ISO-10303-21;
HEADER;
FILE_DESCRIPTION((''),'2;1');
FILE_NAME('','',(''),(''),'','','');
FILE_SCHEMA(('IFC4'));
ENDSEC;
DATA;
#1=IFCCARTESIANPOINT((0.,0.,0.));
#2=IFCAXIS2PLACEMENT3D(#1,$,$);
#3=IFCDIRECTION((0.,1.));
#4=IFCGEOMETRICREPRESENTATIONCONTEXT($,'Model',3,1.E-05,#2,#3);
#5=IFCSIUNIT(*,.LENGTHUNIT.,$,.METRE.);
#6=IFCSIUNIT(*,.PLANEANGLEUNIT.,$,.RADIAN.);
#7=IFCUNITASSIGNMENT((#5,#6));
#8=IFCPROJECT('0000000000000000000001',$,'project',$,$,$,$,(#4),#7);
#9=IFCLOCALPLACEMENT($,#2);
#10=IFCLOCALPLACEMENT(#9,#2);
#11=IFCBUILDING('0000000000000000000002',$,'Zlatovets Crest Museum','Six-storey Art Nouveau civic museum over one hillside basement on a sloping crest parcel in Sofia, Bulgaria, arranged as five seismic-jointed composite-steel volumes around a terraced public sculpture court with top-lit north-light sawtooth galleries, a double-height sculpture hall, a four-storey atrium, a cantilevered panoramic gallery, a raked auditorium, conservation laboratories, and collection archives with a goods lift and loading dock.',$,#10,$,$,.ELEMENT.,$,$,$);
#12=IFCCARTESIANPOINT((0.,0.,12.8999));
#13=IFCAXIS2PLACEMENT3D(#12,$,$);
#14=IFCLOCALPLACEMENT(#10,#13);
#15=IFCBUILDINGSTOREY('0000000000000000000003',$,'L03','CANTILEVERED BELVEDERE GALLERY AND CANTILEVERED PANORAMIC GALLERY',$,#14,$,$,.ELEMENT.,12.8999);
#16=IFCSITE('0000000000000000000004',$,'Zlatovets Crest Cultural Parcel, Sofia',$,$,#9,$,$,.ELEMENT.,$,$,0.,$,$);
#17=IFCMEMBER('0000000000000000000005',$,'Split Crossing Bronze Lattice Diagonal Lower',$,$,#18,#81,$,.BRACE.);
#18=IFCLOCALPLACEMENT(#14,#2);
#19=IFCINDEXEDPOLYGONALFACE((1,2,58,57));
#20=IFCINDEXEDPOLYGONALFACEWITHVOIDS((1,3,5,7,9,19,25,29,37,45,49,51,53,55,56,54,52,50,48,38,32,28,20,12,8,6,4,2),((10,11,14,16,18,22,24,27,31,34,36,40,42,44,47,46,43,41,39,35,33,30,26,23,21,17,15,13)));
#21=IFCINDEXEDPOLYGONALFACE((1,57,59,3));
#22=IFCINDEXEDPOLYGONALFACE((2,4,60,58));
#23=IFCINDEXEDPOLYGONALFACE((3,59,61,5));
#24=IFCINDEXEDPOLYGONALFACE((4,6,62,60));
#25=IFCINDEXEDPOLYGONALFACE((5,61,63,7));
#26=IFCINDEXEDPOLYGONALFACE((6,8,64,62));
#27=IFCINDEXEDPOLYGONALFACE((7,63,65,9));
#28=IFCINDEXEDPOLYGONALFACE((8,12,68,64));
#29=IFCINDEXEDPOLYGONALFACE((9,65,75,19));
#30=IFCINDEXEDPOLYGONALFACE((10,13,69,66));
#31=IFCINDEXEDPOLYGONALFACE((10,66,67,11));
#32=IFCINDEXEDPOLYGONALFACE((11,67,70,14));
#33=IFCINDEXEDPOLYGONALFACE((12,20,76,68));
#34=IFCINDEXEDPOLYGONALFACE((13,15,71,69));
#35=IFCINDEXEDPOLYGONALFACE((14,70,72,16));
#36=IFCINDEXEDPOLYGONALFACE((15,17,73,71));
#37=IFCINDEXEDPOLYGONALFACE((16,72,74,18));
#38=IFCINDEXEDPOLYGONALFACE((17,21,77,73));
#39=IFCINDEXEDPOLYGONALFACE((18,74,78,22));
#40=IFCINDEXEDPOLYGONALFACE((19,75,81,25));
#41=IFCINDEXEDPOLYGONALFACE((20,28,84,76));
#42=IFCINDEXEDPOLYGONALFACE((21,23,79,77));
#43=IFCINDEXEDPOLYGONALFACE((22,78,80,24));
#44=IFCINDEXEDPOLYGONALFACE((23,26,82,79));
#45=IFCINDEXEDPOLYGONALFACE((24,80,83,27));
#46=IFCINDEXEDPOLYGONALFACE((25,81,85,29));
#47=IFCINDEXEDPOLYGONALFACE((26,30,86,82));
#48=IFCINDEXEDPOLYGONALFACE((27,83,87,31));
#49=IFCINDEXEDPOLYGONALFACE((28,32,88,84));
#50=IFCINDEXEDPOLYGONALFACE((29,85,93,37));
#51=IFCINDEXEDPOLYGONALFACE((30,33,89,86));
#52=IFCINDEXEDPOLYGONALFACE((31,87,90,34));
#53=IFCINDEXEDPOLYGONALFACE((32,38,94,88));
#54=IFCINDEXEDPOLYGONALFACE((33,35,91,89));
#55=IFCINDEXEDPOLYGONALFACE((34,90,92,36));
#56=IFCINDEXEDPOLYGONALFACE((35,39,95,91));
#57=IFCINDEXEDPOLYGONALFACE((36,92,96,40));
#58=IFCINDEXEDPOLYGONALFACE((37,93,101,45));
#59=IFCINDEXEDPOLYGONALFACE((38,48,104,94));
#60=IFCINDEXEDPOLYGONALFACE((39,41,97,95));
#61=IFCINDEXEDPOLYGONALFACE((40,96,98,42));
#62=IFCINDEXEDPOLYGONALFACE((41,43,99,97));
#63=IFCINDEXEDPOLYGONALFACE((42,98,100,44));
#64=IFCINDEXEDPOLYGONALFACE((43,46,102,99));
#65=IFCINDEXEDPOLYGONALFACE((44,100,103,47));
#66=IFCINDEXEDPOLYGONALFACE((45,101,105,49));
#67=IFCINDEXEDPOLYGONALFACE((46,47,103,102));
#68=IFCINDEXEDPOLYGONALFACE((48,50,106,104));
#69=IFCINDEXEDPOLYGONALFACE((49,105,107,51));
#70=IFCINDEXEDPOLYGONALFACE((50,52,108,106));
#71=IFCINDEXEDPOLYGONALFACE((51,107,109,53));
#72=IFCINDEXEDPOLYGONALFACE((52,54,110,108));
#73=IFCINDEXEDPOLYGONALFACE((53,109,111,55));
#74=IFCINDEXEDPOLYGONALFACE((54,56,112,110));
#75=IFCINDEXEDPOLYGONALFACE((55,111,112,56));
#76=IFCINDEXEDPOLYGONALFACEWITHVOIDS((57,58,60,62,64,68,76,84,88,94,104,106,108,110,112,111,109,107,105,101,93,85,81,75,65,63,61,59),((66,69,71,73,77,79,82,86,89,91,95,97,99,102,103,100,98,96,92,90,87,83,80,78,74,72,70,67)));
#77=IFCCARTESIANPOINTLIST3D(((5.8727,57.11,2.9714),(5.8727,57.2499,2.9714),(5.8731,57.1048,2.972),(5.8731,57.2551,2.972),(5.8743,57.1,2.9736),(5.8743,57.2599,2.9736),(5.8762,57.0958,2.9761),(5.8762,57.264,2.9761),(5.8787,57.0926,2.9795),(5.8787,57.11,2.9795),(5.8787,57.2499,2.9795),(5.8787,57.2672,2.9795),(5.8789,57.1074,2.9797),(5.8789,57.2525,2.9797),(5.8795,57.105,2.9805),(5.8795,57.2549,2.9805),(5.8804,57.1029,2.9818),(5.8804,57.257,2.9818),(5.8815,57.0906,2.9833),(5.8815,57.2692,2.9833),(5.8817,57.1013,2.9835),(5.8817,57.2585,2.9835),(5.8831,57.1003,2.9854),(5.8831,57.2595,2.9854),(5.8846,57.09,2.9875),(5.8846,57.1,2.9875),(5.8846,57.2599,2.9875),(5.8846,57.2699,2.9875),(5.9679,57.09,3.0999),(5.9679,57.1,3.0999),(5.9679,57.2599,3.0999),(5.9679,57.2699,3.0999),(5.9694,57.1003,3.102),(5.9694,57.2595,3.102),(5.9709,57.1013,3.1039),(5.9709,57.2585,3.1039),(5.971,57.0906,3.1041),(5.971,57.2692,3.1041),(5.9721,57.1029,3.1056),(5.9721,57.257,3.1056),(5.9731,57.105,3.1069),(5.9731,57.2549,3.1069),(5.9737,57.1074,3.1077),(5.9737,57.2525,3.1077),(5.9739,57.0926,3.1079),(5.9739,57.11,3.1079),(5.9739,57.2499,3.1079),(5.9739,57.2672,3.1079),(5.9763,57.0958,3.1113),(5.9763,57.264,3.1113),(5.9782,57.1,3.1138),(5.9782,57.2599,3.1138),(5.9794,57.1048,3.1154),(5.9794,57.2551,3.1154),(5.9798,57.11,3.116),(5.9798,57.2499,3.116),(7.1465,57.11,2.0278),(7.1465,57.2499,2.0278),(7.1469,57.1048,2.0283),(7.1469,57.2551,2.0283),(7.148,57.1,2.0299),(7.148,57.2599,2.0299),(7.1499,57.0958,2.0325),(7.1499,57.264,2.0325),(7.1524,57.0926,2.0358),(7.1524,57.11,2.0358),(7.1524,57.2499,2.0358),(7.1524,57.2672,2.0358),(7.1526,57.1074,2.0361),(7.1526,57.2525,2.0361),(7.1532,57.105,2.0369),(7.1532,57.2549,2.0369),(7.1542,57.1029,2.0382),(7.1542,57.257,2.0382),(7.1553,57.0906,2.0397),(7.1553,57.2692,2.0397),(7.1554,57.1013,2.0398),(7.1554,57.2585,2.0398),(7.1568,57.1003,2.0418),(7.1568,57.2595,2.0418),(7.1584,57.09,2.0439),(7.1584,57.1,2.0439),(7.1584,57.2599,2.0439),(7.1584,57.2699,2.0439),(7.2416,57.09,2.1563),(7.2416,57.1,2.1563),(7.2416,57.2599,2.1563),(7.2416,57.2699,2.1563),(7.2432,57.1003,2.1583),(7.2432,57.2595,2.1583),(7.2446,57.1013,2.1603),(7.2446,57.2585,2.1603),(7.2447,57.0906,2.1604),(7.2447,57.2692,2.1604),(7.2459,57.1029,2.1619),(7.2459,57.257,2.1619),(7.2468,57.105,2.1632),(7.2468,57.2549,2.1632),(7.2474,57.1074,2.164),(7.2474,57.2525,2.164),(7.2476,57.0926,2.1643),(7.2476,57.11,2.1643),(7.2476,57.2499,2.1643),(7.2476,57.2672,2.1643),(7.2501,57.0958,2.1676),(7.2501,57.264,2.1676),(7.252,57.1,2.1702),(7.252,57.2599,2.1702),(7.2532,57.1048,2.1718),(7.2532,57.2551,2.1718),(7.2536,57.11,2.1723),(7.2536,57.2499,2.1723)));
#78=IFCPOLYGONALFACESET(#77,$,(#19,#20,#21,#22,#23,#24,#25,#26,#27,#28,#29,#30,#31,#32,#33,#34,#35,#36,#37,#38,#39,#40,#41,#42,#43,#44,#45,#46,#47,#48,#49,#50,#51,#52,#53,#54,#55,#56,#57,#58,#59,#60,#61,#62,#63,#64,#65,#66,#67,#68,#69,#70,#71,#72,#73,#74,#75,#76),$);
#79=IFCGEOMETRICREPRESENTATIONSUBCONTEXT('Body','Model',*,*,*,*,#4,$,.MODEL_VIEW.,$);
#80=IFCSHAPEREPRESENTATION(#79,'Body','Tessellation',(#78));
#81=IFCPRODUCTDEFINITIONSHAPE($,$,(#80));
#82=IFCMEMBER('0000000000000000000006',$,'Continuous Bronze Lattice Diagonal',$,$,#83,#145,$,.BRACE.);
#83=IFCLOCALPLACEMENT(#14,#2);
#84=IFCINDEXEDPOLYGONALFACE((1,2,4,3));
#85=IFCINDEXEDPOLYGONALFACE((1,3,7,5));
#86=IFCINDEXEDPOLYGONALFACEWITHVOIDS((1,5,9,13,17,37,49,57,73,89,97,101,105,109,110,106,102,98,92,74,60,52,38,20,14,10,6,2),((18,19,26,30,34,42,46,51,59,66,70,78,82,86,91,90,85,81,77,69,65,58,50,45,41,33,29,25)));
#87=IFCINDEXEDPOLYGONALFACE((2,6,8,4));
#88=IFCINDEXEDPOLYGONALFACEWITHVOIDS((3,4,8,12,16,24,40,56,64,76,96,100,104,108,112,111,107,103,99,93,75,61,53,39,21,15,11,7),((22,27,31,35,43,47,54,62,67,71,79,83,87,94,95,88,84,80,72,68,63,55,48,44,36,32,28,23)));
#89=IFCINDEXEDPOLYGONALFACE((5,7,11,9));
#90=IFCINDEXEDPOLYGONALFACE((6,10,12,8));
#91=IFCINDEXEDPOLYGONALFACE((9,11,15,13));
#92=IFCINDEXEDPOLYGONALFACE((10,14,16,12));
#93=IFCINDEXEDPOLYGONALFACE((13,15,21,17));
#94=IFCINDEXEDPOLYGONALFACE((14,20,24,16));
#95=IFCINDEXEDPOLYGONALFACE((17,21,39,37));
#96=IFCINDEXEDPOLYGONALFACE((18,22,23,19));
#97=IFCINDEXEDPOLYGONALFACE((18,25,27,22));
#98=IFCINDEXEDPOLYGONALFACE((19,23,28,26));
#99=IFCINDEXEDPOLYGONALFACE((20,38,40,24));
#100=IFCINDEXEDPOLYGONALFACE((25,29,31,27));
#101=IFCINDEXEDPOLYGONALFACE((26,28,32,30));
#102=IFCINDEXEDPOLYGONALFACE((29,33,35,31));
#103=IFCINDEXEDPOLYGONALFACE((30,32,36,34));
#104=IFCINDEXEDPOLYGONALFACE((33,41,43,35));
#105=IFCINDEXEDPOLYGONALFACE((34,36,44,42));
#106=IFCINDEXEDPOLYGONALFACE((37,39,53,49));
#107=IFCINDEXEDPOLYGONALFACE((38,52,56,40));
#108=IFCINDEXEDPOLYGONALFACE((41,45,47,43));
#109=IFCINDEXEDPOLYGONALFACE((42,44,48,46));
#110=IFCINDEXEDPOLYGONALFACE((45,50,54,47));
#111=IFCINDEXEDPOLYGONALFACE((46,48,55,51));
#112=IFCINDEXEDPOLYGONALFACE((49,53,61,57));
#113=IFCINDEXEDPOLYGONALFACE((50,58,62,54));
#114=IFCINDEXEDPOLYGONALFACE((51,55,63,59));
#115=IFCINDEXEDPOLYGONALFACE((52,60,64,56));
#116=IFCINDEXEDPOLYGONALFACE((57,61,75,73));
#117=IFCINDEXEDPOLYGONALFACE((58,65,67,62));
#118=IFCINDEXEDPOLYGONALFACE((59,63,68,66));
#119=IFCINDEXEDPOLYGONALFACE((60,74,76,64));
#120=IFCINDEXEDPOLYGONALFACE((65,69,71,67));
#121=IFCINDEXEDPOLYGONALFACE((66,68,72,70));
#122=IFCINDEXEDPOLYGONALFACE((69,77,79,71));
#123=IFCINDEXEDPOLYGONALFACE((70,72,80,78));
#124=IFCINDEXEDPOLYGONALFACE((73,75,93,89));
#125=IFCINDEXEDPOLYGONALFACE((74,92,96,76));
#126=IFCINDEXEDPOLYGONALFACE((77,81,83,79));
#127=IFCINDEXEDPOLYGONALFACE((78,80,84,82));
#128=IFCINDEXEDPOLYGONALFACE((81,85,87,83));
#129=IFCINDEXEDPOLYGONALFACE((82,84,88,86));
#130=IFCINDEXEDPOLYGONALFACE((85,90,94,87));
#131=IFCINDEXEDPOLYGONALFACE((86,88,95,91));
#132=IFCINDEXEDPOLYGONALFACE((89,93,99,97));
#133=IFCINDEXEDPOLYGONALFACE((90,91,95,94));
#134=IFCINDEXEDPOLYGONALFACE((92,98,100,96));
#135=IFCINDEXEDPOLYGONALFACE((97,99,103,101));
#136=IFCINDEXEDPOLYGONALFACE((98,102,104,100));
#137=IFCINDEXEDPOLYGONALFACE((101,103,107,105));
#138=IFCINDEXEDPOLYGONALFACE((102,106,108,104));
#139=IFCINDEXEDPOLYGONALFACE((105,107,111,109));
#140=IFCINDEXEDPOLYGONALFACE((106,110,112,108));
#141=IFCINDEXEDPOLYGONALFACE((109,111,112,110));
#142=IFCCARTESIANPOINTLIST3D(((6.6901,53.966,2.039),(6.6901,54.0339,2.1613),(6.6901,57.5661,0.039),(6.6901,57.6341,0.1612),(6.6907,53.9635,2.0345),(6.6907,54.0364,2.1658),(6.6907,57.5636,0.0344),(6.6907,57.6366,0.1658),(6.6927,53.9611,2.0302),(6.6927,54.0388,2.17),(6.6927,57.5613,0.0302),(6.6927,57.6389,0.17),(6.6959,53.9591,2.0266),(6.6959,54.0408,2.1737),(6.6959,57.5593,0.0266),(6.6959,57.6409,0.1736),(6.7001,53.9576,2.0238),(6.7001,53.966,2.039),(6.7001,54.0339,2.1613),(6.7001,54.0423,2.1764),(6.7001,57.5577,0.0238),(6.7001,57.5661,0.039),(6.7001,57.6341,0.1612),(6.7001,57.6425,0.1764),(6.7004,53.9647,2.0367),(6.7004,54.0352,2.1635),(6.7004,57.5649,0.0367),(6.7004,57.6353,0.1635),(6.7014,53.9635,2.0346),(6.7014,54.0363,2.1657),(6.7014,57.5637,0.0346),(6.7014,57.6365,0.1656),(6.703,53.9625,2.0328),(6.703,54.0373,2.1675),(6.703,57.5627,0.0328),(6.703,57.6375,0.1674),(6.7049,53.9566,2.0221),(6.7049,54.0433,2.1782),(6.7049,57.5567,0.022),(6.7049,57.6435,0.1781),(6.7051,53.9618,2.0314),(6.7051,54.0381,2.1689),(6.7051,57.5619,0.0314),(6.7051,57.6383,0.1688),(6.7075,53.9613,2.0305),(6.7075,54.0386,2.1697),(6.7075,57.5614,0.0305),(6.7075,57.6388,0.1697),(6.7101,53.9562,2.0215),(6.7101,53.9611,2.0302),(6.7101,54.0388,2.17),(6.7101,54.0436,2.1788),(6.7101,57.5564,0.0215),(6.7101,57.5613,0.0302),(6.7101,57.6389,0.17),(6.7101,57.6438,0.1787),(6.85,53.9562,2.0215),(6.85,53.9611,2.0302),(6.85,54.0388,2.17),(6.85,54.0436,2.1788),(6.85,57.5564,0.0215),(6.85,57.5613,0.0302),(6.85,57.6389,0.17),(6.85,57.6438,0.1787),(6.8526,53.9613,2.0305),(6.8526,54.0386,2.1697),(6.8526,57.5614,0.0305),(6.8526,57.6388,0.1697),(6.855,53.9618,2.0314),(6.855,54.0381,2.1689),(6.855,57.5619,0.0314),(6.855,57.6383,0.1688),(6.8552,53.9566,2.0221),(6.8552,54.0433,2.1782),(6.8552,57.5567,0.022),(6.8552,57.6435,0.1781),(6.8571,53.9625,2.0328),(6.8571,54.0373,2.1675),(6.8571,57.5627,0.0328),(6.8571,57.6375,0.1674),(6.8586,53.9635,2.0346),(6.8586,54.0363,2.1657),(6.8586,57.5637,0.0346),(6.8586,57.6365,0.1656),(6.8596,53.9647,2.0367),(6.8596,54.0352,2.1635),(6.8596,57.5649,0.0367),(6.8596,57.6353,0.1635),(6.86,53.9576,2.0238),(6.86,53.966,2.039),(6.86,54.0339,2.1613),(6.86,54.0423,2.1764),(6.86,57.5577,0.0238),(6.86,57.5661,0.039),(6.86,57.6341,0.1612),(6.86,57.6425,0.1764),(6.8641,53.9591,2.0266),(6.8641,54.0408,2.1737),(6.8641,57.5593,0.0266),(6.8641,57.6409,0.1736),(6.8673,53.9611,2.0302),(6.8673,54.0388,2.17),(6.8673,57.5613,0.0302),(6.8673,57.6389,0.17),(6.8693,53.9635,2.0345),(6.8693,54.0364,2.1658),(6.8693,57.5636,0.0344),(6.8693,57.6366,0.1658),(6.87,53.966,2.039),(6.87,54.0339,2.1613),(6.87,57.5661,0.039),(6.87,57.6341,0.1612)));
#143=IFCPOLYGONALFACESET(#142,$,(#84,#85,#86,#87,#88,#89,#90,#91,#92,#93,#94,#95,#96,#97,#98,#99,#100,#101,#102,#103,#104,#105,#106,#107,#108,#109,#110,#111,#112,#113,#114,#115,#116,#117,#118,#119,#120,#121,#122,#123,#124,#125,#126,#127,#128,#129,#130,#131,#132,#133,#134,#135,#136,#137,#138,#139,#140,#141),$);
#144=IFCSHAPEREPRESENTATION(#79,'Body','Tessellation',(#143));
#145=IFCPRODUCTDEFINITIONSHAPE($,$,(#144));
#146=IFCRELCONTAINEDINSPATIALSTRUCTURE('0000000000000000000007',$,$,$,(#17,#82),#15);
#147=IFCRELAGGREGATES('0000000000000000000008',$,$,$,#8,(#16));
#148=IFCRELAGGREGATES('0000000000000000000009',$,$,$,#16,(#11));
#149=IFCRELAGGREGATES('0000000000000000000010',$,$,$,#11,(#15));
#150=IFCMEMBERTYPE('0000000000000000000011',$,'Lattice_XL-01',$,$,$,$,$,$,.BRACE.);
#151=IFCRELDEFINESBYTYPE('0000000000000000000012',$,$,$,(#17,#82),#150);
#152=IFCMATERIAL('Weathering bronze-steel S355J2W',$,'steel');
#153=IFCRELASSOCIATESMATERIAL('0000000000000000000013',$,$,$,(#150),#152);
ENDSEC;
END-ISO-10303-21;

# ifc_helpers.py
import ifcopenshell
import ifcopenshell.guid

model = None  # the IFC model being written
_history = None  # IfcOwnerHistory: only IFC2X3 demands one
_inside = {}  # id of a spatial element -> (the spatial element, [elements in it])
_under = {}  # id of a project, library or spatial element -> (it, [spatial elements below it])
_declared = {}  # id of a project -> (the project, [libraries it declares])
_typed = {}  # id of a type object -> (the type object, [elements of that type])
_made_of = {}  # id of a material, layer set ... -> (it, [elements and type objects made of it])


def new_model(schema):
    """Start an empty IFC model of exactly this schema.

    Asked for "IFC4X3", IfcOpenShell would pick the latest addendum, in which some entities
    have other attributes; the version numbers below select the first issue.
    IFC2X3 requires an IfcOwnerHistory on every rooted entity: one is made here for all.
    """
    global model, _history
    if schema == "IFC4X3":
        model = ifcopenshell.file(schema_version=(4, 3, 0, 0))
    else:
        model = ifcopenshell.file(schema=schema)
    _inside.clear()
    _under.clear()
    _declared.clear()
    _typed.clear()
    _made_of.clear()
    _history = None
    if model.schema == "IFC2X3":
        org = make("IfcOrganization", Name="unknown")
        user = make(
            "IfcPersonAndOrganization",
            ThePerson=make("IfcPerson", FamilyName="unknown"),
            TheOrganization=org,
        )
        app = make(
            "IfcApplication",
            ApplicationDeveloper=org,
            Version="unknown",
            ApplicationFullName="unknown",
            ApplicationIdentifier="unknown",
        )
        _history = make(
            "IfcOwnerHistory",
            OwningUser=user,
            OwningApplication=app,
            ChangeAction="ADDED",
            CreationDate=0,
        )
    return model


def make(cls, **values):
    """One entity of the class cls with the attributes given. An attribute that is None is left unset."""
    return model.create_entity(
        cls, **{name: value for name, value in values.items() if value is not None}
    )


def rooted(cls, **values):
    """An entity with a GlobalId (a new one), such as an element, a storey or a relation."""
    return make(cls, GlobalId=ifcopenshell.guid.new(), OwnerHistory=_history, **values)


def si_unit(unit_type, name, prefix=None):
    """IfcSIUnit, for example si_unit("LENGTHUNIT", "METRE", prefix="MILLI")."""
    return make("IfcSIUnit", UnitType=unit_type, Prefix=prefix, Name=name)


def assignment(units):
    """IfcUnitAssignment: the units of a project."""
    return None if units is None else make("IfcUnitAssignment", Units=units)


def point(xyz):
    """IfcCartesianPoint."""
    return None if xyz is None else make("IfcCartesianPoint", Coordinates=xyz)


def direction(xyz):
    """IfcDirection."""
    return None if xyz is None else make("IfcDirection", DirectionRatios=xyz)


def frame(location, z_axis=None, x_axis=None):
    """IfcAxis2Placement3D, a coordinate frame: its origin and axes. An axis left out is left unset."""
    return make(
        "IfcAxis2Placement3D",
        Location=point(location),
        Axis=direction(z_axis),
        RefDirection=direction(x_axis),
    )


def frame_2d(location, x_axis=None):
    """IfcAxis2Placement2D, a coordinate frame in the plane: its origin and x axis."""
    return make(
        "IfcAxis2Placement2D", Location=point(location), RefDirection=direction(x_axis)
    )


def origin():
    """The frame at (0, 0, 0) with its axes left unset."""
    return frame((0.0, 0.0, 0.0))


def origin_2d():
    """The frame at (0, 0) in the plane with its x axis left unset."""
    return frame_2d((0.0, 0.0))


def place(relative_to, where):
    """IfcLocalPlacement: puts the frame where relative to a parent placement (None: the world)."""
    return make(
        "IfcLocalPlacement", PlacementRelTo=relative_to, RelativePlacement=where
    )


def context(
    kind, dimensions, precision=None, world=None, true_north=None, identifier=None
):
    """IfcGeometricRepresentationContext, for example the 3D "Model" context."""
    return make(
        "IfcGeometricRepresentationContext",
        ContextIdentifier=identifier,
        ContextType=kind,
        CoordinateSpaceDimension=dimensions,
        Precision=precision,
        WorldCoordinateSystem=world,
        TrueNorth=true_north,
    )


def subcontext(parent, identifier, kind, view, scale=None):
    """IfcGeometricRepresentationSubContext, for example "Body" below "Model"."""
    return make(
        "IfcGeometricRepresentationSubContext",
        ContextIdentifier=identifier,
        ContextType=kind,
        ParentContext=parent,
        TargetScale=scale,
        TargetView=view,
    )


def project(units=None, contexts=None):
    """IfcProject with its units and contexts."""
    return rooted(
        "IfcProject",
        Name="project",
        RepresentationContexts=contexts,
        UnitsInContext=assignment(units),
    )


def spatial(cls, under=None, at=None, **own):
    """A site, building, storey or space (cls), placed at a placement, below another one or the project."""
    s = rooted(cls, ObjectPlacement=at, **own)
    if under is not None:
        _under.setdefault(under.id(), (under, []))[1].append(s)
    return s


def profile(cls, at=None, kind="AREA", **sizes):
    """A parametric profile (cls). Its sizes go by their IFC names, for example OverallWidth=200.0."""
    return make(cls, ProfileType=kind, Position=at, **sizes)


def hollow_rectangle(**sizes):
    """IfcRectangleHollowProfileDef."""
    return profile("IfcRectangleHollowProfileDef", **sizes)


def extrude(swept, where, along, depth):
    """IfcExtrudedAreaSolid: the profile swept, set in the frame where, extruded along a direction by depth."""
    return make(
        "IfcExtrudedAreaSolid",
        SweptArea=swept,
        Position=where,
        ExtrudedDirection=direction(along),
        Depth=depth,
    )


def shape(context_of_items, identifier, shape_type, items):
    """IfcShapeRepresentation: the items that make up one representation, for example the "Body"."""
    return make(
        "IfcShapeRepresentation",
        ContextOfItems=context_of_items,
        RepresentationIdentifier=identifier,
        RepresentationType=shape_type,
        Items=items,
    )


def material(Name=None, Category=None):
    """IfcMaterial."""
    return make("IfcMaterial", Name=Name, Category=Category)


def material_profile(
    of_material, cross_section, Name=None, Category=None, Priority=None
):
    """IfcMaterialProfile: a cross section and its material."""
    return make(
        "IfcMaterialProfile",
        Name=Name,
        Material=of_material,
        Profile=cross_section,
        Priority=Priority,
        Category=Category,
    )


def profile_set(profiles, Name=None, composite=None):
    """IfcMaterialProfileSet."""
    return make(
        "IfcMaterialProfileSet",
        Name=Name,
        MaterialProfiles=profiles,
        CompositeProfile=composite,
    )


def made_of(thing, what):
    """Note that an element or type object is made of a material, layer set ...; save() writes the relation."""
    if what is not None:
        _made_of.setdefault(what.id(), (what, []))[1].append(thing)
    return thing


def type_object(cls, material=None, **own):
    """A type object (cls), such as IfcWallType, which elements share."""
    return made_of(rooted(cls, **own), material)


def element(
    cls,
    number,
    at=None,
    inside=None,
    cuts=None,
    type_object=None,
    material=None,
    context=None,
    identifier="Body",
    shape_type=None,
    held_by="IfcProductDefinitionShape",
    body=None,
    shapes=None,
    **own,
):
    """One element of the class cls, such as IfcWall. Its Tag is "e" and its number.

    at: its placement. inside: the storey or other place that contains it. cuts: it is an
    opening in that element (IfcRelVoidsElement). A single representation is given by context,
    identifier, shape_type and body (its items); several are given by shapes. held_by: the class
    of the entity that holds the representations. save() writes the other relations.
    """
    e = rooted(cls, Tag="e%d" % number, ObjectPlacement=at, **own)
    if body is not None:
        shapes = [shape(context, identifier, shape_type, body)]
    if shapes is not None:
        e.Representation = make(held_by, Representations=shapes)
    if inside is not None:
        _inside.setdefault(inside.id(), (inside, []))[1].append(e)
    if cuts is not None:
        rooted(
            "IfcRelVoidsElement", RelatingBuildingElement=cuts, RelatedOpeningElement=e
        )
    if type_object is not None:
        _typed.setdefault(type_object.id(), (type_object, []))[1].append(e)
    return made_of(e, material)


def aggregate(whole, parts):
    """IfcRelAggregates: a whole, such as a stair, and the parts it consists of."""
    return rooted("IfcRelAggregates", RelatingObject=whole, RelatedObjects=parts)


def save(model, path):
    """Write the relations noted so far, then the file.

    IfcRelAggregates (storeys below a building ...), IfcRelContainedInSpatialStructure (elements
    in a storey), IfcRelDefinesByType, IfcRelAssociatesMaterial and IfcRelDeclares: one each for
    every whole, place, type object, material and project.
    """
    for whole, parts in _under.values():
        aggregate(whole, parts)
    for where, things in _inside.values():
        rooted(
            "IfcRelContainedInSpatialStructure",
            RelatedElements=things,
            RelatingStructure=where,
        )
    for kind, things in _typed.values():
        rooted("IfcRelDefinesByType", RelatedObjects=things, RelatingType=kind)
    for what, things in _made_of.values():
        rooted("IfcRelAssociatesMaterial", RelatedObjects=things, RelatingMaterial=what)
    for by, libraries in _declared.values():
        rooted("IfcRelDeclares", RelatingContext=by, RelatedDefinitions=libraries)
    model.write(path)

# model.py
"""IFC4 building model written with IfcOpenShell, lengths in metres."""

from ifc_helpers import new_model, si_unit, direction, frame, origin, origin_2d, place, context, subcontext, project, spatial, hollow_rectangle, extrude, material, material_profile, profile_set, type_object, element, save


model = new_model("IFC4")

# Units and contexts
model_context = context("Model", 3, precision=1e-05, world=origin(), true_north=direction((0.0, 1.0)))
body_context = subcontext(model_context, "Body", "Model", "MODEL_VIEW")
ifc_project = project(units=[si_unit("LENGTHUNIT", "METRE"), si_unit("PLANEANGLEUNIT", "RADIAN")], contexts=[model_context])

# Site, building, storey
site_placement = place(None, origin())
site = spatial("IfcSite", under=ifc_project, at=site_placement, Name="Zlatovets Crest Cultural Parcel, Sofia", CompositionType="ELEMENT", RefElevation=0.0)
building_placement = place(site_placement, origin())
building = spatial("IfcBuilding", under=site, at=building_placement, Name="Zlatovets Crest Museum", Description="Six-storey Art Nouveau civic museum over one hillside basement on a sloping crest parcel in Sofia, Bulgaria, arranged as five seismic-jointed composite-steel volumes around a terraced public sculpture court with top-lit north-light sawtooth galleries, a double-height sculpture hall, a four-storey atrium, a cantilevered panoramic gallery, a raked auditorium, conservation laboratories, and collection archives with a goods lift and loading dock.", CompositionType="ELEMENT")
storey_placement = place(building_placement, frame((0.0, 0.0, 12.8999)))
storey = spatial("IfcBuildingStorey", under=building, at=storey_placement, Name="L03", Description="CANTILEVERED BELVEDERE GALLERY AND CANTILEVERED PANORAMIC GALLERY", CompositionType="ELEMENT", Elevation=12.8999)

# Members
ifc_material_1 = material(Name="Weathering bronze-steel S355J2W", Category="steel")
ifc_material_profile_1 = material_profile(ifc_material_1, hollow_rectangle(XDim=0.1799, YDim=0.1799, WallThickness=0.01, InnerFilletRadius=0.01, OuterFilletRadius=0.02, at=origin_2d()), Name="SHS 180x180x10.0")
ifc_profile_set_1 = profile_set([ifc_material_profile_1], Name="Weathering bronze-steel S355J2W")
member_type_1 = type_object("IfcMemberType", Name="Lattice_XL-01", PredefinedType="BRACE", material=ifc_profile_set_1)
for number, where, z_axis, x_axis, name in (
    (1, (5.9263, 57.1799, 3.0437), (0.803516, 0.0, -0.595283), (0.0, 1.0, 0.0), "Split Crossing Bronze Lattice Diagonal Lower"),
):
    element("IfcMember", number, at=place(storey_placement, frame(where, z_axis=z_axis, x_axis=x_axis)), inside=storey, type_object=member_type_1, Name=name, PredefinedType="BRACE", context=body_context, shape_type="SweptSolid", body=[
        extrude(hollow_rectangle(XDim=0.1799, YDim=0.1799, WallThickness=0.01, InnerFilletRadius=0.01, OuterFilletRadius=0.02, at=origin_2d()), origin(), (0.0, 0.0, 1.0), 1.5852),
    ])
member_1_placement = place(storey_placement, frame((6.78, 57.6001, 0.1001), z_axis=(0.0, -0.874163, 0.485633), x_axis=(1.0, 0.0, 0.0)))
element("IfcMember", 2, at=member_1_placement, inside=storey, type_object=member_type_1, Name="Continuous Bronze Lattice Diagonal", PredefinedType="BRACE", context=body_context, shape_type="SweptSolid", body=[
    extrude(hollow_rectangle(XDim=0.1799, YDim=0.1799, WallThickness=0.01, InnerFilletRadius=0.01, OuterFilletRadius=0.02, at=origin_2d()), origin(), (0.0, 0.0, 1.0), 4.1184),
])

save(model, "model.ifc")
